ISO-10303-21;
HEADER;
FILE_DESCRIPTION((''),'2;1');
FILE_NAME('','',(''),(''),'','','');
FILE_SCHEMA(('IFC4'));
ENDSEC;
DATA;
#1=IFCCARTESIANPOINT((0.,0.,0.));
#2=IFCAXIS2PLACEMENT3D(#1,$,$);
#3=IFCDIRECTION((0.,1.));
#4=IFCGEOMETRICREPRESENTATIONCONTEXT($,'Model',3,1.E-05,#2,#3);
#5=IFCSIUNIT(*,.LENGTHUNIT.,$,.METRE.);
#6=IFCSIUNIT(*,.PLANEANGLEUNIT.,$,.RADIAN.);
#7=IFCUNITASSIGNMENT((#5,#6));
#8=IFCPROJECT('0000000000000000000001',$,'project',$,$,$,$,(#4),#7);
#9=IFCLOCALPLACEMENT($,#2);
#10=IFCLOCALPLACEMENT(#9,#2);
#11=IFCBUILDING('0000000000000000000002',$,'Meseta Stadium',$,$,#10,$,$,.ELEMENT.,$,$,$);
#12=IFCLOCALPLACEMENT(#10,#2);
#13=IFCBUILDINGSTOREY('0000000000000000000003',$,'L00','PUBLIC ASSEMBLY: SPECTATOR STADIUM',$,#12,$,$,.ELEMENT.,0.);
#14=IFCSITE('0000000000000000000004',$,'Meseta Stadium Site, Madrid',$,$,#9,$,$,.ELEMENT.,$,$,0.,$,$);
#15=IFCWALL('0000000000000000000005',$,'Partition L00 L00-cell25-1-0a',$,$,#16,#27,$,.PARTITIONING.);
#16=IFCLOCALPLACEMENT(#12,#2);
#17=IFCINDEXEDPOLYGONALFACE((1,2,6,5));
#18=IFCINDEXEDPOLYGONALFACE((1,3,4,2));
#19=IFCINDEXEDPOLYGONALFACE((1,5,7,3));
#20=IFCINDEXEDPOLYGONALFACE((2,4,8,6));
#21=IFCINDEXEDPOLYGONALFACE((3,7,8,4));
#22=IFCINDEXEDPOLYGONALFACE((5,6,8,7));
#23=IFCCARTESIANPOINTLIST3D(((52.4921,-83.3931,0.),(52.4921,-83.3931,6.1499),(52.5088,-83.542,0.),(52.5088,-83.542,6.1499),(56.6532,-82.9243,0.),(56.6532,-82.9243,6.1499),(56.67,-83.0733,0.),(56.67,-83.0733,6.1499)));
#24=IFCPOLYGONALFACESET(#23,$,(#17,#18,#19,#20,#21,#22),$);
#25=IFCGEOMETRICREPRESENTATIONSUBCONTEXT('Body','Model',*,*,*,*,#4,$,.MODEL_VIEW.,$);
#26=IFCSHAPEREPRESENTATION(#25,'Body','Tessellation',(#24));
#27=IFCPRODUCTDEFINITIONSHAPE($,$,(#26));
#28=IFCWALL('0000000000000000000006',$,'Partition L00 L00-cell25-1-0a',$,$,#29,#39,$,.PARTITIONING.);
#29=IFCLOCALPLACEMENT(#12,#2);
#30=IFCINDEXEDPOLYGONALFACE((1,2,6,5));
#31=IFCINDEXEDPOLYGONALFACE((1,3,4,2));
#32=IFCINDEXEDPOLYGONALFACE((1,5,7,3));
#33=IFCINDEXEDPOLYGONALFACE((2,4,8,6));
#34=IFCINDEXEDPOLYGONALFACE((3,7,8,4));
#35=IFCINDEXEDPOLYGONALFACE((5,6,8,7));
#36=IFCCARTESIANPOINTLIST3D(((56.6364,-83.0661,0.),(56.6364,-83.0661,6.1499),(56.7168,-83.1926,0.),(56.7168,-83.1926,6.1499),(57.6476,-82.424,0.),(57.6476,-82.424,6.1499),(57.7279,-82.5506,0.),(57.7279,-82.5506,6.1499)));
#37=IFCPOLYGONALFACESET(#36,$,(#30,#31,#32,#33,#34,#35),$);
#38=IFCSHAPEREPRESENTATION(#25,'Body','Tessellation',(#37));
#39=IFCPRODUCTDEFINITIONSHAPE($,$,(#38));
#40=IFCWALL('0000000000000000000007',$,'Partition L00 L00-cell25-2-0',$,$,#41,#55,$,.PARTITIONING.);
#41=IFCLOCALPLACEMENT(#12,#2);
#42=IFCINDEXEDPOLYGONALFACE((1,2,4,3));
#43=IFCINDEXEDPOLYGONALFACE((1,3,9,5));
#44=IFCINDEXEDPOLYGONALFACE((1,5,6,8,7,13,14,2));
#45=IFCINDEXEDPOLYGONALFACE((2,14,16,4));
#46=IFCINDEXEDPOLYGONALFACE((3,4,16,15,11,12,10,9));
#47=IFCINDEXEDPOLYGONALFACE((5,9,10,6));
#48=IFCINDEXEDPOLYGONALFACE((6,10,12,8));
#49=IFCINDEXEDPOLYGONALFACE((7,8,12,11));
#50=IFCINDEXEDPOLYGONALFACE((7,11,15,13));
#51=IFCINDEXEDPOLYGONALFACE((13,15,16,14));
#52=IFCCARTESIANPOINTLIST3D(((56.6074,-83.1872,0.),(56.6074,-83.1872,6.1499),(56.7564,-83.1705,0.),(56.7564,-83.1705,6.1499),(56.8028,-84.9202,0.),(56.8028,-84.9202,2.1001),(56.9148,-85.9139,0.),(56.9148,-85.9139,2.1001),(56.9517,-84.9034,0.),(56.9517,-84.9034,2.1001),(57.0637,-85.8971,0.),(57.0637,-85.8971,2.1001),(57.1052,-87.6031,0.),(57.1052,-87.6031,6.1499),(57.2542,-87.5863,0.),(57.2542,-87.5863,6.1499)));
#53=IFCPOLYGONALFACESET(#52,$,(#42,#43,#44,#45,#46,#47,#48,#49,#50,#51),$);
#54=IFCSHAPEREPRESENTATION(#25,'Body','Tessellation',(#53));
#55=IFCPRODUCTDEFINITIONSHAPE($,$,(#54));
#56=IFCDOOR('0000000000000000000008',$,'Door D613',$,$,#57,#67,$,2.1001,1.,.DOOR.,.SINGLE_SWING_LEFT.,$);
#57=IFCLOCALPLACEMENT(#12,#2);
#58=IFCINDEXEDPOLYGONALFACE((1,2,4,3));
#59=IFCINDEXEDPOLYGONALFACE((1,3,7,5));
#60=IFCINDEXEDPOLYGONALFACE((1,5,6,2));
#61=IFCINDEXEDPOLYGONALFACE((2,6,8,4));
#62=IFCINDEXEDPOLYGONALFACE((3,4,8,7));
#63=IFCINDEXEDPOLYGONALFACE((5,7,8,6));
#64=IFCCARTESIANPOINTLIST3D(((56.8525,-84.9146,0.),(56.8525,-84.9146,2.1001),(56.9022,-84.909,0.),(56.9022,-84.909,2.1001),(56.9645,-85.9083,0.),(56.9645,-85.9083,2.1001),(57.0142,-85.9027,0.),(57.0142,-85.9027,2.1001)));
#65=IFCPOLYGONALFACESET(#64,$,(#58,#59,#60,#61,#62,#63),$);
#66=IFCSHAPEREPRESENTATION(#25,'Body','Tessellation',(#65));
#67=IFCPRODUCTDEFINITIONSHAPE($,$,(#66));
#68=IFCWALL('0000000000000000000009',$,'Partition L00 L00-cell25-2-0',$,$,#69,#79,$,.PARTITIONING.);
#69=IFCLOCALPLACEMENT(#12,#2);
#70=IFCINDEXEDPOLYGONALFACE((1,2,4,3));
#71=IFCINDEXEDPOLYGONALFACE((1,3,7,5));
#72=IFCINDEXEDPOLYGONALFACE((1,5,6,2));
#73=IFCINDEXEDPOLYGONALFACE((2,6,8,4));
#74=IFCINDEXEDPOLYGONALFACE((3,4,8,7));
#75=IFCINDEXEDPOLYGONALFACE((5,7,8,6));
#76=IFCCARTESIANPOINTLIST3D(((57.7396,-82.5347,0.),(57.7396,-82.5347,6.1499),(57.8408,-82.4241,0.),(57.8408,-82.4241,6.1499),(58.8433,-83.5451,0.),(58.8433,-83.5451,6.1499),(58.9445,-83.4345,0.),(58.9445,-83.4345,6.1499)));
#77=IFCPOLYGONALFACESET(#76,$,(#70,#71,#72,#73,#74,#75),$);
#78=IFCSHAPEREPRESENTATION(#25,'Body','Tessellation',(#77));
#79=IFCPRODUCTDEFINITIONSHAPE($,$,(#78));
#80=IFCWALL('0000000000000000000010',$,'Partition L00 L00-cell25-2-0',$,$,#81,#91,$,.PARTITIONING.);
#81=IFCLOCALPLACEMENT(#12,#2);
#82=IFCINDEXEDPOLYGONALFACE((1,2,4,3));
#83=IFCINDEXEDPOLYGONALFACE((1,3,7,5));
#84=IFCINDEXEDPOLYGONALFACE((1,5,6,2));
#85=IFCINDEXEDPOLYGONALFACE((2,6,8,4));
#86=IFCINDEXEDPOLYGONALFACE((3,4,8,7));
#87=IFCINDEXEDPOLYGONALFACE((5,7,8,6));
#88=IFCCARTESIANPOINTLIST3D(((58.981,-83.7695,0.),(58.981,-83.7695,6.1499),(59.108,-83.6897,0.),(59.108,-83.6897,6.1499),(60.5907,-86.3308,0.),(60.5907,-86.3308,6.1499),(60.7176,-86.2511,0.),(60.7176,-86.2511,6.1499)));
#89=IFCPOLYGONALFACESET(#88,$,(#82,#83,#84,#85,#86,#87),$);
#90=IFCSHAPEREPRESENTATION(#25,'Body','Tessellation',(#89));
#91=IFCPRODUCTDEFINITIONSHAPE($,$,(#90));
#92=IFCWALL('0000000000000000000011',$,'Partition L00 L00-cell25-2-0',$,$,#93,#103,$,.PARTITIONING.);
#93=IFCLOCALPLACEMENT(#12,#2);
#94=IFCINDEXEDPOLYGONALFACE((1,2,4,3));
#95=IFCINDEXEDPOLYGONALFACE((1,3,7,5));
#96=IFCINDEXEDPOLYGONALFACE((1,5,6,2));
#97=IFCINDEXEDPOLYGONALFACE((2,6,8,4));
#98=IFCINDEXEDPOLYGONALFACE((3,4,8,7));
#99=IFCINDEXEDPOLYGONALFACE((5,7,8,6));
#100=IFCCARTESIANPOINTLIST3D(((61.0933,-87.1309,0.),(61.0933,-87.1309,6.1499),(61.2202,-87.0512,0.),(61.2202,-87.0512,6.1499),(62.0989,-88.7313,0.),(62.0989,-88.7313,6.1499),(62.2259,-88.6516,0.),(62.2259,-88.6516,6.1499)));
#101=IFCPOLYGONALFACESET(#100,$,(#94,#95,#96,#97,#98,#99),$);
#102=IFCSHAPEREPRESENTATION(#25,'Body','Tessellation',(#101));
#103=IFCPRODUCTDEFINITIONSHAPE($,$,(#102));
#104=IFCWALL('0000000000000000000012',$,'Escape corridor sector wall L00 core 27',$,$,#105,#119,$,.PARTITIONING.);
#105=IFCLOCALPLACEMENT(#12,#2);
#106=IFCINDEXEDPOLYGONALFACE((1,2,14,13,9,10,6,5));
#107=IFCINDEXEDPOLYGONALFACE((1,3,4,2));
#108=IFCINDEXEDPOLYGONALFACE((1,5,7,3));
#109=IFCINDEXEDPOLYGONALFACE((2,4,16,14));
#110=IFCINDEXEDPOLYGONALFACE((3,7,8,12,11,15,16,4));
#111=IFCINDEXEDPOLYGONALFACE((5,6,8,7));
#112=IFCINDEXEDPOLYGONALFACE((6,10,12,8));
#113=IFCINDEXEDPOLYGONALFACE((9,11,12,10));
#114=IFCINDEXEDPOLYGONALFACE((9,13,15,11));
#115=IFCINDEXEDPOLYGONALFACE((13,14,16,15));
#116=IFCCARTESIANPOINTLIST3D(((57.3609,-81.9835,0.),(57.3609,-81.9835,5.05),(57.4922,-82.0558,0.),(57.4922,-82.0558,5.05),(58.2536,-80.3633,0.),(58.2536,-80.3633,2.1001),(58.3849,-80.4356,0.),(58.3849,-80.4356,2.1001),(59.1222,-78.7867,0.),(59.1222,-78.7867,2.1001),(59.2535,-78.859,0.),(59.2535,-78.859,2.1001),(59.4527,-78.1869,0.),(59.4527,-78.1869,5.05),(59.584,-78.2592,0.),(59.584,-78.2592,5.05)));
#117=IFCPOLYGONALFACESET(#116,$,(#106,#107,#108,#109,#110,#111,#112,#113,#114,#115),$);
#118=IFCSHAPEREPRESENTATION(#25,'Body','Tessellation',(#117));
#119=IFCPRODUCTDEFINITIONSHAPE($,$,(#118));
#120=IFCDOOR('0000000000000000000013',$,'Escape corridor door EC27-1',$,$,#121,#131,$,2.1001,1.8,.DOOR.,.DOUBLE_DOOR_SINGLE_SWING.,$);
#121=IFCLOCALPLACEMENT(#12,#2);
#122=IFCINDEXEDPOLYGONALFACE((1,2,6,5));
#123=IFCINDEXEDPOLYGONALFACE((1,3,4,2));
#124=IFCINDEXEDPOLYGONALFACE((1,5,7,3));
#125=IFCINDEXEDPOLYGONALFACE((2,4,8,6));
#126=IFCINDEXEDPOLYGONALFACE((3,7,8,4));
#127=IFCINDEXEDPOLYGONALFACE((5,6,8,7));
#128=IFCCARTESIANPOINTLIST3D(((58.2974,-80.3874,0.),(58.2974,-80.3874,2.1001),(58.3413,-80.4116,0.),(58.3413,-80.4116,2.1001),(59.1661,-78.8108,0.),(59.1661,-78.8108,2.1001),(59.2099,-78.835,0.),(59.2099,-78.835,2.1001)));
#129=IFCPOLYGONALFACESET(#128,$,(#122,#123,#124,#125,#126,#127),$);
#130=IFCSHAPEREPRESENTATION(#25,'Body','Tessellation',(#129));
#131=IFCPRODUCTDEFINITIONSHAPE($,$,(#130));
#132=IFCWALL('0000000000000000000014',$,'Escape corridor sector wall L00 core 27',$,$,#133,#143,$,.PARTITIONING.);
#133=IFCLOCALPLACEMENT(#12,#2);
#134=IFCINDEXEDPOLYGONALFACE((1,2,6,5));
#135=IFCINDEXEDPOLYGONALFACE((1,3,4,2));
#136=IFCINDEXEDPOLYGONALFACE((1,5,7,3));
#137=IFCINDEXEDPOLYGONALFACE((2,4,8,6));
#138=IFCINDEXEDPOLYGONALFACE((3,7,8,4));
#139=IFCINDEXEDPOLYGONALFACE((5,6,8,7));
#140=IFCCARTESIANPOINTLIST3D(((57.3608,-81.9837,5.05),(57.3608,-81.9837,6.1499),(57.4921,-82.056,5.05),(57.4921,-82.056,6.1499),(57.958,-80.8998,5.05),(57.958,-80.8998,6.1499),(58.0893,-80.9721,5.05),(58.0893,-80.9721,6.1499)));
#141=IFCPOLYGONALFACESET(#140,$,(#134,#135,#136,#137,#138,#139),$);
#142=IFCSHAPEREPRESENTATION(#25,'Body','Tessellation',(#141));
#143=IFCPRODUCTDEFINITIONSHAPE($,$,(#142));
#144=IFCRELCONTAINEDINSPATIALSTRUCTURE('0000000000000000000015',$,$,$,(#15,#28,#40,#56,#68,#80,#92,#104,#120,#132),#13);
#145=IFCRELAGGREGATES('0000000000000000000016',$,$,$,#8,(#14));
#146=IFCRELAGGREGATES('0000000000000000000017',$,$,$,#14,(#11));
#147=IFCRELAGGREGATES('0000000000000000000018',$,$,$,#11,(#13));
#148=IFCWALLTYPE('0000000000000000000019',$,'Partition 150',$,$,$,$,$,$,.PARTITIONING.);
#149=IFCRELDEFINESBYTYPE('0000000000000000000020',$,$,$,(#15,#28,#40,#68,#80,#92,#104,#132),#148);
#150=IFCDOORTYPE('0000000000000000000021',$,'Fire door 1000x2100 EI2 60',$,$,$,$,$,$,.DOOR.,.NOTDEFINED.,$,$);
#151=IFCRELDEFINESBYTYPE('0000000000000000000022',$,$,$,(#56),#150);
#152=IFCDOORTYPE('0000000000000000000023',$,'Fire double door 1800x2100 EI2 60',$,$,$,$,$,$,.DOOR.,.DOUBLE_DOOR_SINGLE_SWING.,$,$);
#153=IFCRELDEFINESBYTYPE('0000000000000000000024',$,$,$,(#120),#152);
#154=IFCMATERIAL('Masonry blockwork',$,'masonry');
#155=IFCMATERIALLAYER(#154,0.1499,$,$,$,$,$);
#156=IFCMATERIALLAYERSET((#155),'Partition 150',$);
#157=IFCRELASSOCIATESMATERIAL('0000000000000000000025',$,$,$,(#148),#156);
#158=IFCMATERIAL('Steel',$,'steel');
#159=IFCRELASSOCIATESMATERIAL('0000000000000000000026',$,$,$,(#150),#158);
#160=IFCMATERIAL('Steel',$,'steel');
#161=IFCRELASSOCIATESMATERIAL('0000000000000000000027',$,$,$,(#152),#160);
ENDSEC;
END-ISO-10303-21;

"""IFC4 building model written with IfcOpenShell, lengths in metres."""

from ifc_helpers import new_model, si_unit, direction, frame, frame_2d, origin, place, context, subcontext, project, spatial, rectangle, extrude, material, layer, layer_set, type_object, element, fill, save


model = new_model("IFC4")

# Units and contexts
model_context = context("Model", 3, precision=1e-05, world=origin(), true_north=direction((0.0, 1.0)))
body_context = subcontext(model_context, "Body", "Model", "MODEL_VIEW")
ifc_project = project(units=[si_unit("LENGTHUNIT", "METRE"), si_unit("PLANEANGLEUNIT", "RADIAN")], contexts=[model_context])

# Site, building, storey
site_placement = place(None, origin())
site = spatial("IfcSite", under=ifc_project, at=site_placement, Name="Meseta Stadium Site, Madrid", CompositionType="ELEMENT", RefElevation=0.0)
building_placement = place(site_placement, origin())
building = spatial("IfcBuilding", under=site, at=building_placement, Name="Meseta Stadium", CompositionType="ELEMENT")
storey_placement = place(building_placement, origin())
storey = spatial("IfcBuildingStorey", under=building, at=storey_placement, Name="L00", Description="PUBLIC ASSEMBLY: SPECTATOR STADIUM", CompositionType="ELEMENT", Elevation=0.0)

# Walls
ifc_material_1 = material(Name="Masonry blockwork", Category="masonry")
ifc_layer_1 = layer(ifc_material_1, 0.1499)
ifc_layer_set_1 = layer_set([ifc_layer_1], Name="Partition 150")
wall_type_1 = type_object("IfcWallType", Name="Partition 150", PredefinedType="PARTITIONING", material=ifc_layer_set_1)
wall_1_placement = place(storey_placement, frame((56.6616, -82.9988, 0.0), z_axis=(0.0, 0.0, 1.0), x_axis=(-0.993715, -0.111942, 0.0)))
element("IfcWall", 1, at=wall_1_placement, inside=storey, type_object=wall_type_1, Name="Partition L00 L00-cell25-1-0a", PredefinedType="PARTITIONING", context=body_context, shape_type="SweptSolid", body=[
    extrude(rectangle(XDim=4.1875, YDim=0.1499, at=frame_2d((2.0938, 0.0))), origin(), (0.0, 0.0, 1.0), 6.1499),
])
wall_2_placement = place(storey_placement, frame((57.6877, -82.4873, 0.0), z_axis=(0.0, 0.0, 1.0), x_axis=(-0.844198, -0.536031, 0.0)))
element("IfcWall", 2, at=wall_2_placement, inside=storey, type_object=wall_type_1, Name="Partition L00 L00-cell25-1-0a", PredefinedType="PARTITIONING", context=body_context, shape_type="SweptSolid", body=[
    extrude(rectangle(XDim=1.1978, YDim=0.1499, at=frame_2d((0.5989, 0.0))), origin(), (0.0, 0.0, 1.0), 6.1499),
])

# Wall, opening, door
wall_3_placement = place(storey_placement, frame((57.1797, -87.5947, 0.0), z_axis=(0.0, 0.0, 1.0), x_axis=(-0.112023, 0.993706, 0.0)))
wall_3 = element("IfcWall", 3, at=wall_3_placement, inside=storey, type_object=wall_type_1, Name="Partition L00 L00-cell25-2-0", PredefinedType="PARTITIONING", context=body_context, shape_type="SweptSolid", body=[
    extrude(rectangle(XDim=4.4438, YDim=0.1499, at=frame_2d((2.2219, 0.0))), origin(), (0.0, 0.0, 1.0), 6.1499),
])
opening_1_placement = place(wall_3_placement, frame((1.7, 0.0, 0.0)))
opening_1 = element("IfcOpeningElement", 4, at=opening_1_placement, cuts=wall_3, PredefinedType="OPENING", context=body_context, shape_type="SweptSolid", body=[
    extrude(rectangle(XDim=1.0, YDim=2.1001, at=frame_2d((0.5, 1.05))), frame((0.0, 0.085, 0.0), z_axis=(0.0, -1.0, 0.0), x_axis=(1.0, 0.0, 0.0)), (0.0, 0.0, 1.0), 0.1699),
])
ifc_material_2 = material(Name="Steel", Category="steel")
door_type_1 = type_object("IfcDoorType", Name="Fire door 1000x2100 EI2 60", OperationType="NOTDEFINED", PredefinedType="DOOR", material=ifc_material_2)
door_1_placement = place(opening_1_placement, origin())
door_1 = element("IfcDoor", 5, at=door_1_placement, inside=storey, type_object=door_type_1, Name="Door D613", OperationType="SINGLE_SWING_LEFT", OverallHeight=2.1001, OverallWidth=1.0, PredefinedType="DOOR", context=body_context, shape_type="SweptSolid", body=[
    extrude(rectangle(XDim=1.0, YDim=2.1001, at=frame_2d((0.5, 1.05))), frame((0.0, 0.0249, 0.0), z_axis=(0.0, -1.0, 0.0), x_axis=(1.0, 0.0, 0.0)), (0.0, 0.0, 1.0), 0.05),
])
fill(opening_1, door_1)

# Walls
wall_4_placement = place(storey_placement, frame((57.7903, -82.4795, 0.0), z_axis=(0.0, 0.0, 1.0), x_axis=(0.737581, -0.675259, 0.0)))
element("IfcWall", 6, at=wall_4_placement, inside=storey, type_object=wall_type_1, Name="Partition L00 L00-cell25-2-0", PredefinedType="PARTITIONING", context=body_context, shape_type="SweptSolid", body=[
    extrude(rectangle(XDim=1.4963, YDim=0.1499, at=frame_2d((0.748, 0.0))), origin(), (0.0, 0.0, 1.0), 6.1499),
])
wall_5_placement = place(storey_placement, frame((59.0444, -83.7295, 0.0), z_axis=(0.0, 0.0, 1.0), x_axis=(0.532094, -0.846685, 0.0)))
element("IfcWall", 7, at=wall_5_placement, inside=storey, type_object=wall_type_1, Name="Partition L00 L00-cell25-2-0", PredefinedType="PARTITIONING", context=body_context, shape_type="SweptSolid", body=[
    extrude(rectangle(XDim=3.0251, YDim=0.1499, at=frame_2d((1.5127, 0.0))), origin(), (0.0, 0.0, 1.0), 6.1499),
])
wall_6_placement = place(storey_placement, frame((61.1567, -87.0911, 0.0), z_axis=(0.0, 0.0, 1.0), x_axis=(0.532052, -0.846711, 0.0)))
element("IfcWall", 8, at=wall_6_placement, inside=storey, type_object=wall_type_1, Name="Partition L00 L00-cell25-2-0", PredefinedType="PARTITIONING", context=body_context, shape_type="SweptSolid", body=[
    extrude(rectangle(XDim=1.8901, YDim=0.1499, at=frame_2d((0.9451, 0.0))), origin(), (0.0, 0.0, 1.0), 6.1499),
])

# Wall, opening, door
wall_7_placement = place(storey_placement, frame((57.4265, -82.0198, 0.0), z_axis=(0.0, 0.0, 1.0), x_axis=(0.482565, 0.87586, 0.0)))
wall_7 = element("IfcWall", 9, at=wall_7_placement, inside=storey, type_object=wall_type_1, Name="Escape corridor sector wall L00 core 27", PredefinedType="PARTITIONING", context=body_context, shape_type="SweptSolid", body=[
    extrude(rectangle(XDim=4.3347, YDim=0.1499, at=frame_2d((2.1675, 0.0))), origin(), (0.0, 0.0, 1.0), 5.05),
])
opening_2_placement = place(wall_7_placement, frame((1.8501, 0.0, 0.0)))
opening_2 = element("IfcOpeningElement", 10, at=opening_2_placement, cuts=wall_7, PredefinedType="OPENING", context=body_context, shape_type="SweptSolid", body=[
    extrude(rectangle(XDim=1.8, YDim=2.1001, at=frame_2d((0.8999, 1.05))), frame((0.0, 0.085, 0.0), z_axis=(0.0, -1.0, 0.0), x_axis=(1.0, 0.0, 0.0)), (0.0, 0.0, 1.0), 0.1699),
])
ifc_material_3 = material(Name="Steel", Category="steel")
door_type_2 = type_object("IfcDoorType", Name="Fire double door 1800x2100 EI2 60", OperationType="DOUBLE_DOOR_SINGLE_SWING", PredefinedType="DOOR", material=ifc_material_3)
door_2_placement = place(opening_2_placement, origin())
door_2 = element("IfcDoor", 11, at=door_2_placement, inside=storey, type_object=door_type_2, Name="Escape corridor door EC27-1", OperationType="DOUBLE_DOOR_SINGLE_SWING", OverallHeight=2.1001, OverallWidth=1.8, PredefinedType="DOOR", context=body_context, shape_type="SweptSolid", body=[
    extrude(rectangle(XDim=1.8, YDim=2.1001, at=frame_2d((0.8999, 1.05))), frame((0.0, 0.0249, 0.0), z_axis=(0.0, -1.0, 0.0), x_axis=(1.0, 0.0, 0.0)), (0.0, 0.0, 1.0), 0.05),
])
fill(opening_2, door_2)

# Wall
wall_8_placement = place(storey_placement, frame((57.4265, -82.0198, 5.05), z_axis=(0.0, 0.0, 1.0), x_axis=(0.482524, 0.875882, 0.0)))
element("IfcWall", 12, at=wall_8_placement, inside=storey, type_object=wall_type_1, Name="Escape corridor sector wall L00 core 27", PredefinedType="PARTITIONING", context=body_context, shape_type="SweptSolid", body=[
    extrude(rectangle(XDim=1.2375, YDim=0.1499, at=frame_2d((0.6187, 0.0))), origin(), (0.0, 0.0, 1.0), 1.0999),
])

save(model, "model.ifc")
